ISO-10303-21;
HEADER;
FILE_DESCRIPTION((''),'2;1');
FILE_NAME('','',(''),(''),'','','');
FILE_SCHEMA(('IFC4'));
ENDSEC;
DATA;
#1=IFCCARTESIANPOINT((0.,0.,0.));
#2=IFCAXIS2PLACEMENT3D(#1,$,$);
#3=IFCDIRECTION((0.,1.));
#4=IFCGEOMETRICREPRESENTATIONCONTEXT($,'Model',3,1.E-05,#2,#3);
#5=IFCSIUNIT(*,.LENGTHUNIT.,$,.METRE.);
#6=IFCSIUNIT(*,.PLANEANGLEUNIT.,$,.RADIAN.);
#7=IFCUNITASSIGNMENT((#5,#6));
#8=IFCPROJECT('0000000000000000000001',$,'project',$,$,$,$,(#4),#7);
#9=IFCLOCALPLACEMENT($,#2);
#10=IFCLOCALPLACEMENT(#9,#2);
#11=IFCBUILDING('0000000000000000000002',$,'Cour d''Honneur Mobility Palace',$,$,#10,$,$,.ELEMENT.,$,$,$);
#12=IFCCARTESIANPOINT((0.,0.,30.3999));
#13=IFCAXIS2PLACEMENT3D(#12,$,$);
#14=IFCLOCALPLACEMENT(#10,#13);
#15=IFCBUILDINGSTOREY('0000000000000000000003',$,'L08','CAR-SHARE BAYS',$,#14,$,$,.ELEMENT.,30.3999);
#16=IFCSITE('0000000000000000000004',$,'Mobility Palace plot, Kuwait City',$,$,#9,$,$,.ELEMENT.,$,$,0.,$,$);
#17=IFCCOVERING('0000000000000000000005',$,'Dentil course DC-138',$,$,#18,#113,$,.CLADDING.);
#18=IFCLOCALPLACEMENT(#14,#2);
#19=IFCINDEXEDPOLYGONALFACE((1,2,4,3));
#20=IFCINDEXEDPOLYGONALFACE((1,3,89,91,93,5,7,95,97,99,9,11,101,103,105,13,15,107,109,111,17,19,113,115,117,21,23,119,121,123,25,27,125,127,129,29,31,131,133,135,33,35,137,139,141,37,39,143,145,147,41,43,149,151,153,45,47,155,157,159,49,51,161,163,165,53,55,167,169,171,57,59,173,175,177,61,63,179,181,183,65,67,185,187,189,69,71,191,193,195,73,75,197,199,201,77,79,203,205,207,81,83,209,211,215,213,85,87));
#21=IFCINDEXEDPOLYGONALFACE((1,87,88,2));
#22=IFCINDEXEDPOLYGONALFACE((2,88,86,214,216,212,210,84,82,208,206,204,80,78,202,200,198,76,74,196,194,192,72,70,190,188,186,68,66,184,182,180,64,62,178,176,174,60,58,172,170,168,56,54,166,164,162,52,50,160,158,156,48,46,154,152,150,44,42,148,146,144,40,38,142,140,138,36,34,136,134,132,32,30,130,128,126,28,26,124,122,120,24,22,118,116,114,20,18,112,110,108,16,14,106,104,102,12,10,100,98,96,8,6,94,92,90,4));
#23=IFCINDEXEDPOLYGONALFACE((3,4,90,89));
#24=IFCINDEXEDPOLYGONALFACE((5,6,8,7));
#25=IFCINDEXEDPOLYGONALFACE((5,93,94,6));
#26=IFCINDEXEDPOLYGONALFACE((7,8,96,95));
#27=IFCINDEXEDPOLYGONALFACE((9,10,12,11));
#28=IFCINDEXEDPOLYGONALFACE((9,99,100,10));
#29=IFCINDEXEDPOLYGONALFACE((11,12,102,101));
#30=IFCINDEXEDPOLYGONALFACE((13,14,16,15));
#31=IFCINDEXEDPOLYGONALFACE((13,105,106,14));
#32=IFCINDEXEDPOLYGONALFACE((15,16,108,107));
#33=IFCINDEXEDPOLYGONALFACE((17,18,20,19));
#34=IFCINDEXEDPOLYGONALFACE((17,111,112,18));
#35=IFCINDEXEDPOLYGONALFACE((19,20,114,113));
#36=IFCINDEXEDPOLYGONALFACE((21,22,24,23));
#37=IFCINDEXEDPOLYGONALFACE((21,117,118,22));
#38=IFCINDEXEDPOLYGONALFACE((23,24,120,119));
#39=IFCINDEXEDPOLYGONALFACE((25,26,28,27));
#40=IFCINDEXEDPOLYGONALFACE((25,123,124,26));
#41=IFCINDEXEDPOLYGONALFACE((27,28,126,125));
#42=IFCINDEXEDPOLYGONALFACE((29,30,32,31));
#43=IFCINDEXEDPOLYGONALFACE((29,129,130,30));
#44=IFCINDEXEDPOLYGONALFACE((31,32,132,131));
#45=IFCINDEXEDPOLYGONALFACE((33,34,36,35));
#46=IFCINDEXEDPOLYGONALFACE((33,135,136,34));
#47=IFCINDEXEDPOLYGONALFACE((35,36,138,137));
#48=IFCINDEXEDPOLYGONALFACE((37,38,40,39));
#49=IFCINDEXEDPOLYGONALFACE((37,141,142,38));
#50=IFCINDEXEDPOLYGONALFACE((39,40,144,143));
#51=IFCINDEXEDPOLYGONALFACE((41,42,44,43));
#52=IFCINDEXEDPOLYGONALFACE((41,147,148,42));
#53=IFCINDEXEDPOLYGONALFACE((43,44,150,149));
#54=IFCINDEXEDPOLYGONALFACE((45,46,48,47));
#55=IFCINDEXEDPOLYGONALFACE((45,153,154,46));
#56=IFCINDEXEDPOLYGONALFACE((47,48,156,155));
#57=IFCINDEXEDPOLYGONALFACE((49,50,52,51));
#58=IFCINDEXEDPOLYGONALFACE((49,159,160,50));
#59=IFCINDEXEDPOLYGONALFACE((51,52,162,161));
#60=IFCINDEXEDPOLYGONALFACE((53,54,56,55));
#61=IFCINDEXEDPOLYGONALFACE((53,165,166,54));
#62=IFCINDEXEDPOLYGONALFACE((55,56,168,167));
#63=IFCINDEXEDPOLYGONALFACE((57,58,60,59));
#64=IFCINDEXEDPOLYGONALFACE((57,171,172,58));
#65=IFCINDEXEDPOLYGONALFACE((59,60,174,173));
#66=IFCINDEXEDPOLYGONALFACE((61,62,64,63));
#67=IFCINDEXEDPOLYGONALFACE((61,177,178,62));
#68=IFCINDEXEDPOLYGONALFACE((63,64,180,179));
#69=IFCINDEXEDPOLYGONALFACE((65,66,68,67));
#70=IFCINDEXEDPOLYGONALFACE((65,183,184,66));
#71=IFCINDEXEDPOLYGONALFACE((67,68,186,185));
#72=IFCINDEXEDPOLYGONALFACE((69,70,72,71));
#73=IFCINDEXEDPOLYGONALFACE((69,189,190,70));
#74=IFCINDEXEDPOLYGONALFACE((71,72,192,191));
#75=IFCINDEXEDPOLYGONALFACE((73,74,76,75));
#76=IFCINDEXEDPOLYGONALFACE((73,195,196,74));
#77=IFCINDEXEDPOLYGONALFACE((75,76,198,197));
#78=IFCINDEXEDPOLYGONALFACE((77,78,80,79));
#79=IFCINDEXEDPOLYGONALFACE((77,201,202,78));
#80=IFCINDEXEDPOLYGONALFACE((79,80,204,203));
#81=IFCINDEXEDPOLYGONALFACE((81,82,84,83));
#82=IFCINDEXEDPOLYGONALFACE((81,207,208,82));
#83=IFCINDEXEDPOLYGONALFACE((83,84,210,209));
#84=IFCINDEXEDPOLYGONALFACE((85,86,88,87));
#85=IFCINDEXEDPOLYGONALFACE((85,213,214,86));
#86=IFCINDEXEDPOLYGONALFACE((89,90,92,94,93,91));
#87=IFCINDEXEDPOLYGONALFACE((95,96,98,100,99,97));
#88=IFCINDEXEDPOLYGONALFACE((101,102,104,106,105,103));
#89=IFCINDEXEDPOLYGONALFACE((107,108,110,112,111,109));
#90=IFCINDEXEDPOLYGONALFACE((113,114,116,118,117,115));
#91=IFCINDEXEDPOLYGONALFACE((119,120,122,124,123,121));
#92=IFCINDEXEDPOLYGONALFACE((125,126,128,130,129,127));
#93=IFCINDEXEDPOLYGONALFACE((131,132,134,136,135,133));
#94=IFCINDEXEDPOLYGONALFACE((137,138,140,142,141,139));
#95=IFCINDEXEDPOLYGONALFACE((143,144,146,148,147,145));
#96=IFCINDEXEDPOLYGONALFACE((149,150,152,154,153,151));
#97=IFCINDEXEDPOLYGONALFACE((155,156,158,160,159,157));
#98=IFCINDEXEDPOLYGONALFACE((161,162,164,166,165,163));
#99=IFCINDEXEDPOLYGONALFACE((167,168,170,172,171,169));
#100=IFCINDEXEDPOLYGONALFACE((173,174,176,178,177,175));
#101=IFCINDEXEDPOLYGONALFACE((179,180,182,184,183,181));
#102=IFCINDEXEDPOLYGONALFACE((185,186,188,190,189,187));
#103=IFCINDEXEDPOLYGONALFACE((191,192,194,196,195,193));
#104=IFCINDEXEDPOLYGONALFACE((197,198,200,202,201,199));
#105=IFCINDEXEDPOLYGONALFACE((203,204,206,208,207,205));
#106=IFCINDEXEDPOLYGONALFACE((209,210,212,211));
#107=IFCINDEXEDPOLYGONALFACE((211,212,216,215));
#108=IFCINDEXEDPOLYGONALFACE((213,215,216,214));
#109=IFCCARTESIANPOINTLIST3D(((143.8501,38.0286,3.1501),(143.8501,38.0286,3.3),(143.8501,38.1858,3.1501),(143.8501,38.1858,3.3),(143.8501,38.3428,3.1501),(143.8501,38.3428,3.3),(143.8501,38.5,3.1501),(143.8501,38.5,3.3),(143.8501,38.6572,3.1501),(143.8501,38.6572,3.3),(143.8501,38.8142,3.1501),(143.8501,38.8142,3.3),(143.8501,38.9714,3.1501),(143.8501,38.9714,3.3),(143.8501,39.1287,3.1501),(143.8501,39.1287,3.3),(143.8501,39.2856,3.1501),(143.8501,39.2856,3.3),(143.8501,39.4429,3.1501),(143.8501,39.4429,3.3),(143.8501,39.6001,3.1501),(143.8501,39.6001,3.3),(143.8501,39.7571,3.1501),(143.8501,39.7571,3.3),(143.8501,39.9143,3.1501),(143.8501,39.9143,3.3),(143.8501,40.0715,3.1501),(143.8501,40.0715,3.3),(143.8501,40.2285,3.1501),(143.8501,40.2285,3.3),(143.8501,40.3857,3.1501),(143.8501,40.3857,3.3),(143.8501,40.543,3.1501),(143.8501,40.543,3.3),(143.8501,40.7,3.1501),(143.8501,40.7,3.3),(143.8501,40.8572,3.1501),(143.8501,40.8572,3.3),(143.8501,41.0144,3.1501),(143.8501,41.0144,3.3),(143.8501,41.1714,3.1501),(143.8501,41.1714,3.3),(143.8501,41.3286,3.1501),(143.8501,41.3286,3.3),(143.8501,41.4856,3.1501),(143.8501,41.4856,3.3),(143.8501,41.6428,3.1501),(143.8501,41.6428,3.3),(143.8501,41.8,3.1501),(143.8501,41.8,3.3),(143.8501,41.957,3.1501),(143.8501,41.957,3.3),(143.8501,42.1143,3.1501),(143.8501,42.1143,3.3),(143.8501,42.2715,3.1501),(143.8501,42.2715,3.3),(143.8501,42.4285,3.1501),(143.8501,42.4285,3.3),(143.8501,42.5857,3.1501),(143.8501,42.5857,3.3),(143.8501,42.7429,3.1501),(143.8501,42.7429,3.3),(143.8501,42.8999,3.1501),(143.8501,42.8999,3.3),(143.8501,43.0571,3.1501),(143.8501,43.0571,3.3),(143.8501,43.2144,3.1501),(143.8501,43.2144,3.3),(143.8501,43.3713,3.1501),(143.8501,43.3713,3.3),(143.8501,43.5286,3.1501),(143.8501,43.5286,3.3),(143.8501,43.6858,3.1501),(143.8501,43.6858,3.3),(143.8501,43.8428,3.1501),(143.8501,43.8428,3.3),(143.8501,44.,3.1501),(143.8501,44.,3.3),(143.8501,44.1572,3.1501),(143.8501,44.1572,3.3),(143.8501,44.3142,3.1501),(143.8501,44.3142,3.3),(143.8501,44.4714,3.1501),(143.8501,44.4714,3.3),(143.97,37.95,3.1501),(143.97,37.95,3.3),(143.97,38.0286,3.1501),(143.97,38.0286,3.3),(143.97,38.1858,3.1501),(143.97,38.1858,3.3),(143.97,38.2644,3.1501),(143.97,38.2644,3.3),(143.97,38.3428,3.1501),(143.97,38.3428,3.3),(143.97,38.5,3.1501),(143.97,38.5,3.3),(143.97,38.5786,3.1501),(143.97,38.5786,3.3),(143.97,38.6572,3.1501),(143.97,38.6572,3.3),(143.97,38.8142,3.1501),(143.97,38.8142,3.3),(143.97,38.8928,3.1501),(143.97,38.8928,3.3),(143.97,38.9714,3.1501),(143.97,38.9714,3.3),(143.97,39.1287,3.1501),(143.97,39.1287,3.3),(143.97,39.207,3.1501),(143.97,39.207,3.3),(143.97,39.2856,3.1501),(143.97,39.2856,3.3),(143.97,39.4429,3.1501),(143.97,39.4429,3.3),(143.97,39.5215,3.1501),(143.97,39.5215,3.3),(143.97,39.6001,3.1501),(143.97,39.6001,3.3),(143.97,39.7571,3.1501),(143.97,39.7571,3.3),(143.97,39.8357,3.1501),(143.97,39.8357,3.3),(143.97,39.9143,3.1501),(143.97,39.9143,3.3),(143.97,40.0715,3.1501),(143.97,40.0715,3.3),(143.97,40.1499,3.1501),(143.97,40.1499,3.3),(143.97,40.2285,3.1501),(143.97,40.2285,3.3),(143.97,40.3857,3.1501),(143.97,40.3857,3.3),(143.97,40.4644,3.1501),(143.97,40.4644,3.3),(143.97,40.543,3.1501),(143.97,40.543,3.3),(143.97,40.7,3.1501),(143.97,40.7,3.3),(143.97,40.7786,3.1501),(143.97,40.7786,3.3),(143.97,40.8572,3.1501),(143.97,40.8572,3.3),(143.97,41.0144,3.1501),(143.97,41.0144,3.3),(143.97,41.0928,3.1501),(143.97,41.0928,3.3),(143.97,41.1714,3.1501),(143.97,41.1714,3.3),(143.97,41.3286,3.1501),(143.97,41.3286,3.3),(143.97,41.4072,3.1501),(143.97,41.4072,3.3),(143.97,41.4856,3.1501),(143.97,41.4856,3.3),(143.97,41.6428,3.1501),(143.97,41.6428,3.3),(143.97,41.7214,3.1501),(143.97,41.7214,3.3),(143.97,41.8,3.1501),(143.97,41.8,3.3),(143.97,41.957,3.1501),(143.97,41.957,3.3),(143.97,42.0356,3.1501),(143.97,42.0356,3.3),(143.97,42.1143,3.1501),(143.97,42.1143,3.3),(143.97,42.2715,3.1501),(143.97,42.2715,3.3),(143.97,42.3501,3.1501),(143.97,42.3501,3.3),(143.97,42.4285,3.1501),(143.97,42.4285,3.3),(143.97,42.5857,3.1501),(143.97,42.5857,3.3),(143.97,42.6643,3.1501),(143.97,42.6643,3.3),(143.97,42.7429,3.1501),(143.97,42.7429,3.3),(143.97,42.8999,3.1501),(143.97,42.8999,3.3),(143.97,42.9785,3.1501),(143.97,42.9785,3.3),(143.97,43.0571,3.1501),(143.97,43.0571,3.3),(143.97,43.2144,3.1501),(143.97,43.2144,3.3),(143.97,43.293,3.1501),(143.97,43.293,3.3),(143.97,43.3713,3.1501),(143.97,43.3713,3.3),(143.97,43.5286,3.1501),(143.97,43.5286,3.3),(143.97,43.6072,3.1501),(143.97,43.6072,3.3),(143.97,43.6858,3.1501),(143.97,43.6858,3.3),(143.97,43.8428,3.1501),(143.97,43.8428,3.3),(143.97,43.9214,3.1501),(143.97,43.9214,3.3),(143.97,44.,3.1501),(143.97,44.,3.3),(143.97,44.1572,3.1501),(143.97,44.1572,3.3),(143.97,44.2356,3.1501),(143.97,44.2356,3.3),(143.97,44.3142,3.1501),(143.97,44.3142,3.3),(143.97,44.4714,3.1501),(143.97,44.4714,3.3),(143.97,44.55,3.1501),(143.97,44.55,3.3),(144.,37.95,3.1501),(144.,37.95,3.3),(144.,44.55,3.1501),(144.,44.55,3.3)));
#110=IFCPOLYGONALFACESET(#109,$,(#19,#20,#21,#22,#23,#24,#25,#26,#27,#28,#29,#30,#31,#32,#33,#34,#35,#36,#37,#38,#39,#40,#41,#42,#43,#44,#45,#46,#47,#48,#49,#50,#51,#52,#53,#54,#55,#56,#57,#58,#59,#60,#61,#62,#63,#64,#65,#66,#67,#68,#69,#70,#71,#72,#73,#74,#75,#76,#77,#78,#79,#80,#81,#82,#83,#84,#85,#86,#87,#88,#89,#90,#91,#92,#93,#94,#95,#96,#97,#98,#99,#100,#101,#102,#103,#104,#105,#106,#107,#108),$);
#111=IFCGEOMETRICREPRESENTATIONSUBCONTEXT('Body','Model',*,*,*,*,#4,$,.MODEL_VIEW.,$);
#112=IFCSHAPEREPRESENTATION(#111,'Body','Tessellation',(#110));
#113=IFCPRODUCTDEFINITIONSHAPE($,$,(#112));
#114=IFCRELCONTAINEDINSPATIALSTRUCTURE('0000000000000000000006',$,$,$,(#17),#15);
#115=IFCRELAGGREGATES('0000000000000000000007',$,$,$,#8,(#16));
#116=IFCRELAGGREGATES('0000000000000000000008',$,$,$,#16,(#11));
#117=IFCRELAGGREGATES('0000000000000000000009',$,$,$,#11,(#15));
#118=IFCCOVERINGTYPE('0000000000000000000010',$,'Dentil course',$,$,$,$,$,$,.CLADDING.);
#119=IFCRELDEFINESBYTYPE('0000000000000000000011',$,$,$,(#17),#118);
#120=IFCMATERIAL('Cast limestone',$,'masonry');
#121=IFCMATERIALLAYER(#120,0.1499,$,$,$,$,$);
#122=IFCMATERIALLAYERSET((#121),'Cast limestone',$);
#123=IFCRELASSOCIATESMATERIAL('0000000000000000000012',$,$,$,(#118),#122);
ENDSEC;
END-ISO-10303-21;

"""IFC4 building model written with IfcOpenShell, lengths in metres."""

from ifc_helpers import new_model, si_unit, direction, frame, origin, place, context, subcontext, project, spatial, polyline, outline, extrude, material, layer, layer_set, type_object, element, save


model = new_model("IFC4")

# Units and contexts
model_context = context("Model", 3, precision=1e-05, world=origin(), true_north=direction((0.0, 1.0)))
body_context = subcontext(model_context, "Body", "Model", "MODEL_VIEW")
ifc_project = project(units=[si_unit("LENGTHUNIT", "METRE"), si_unit("PLANEANGLEUNIT", "RADIAN")], contexts=[model_context])

# Site, building, storey
site_placement = place(None, origin())
site = spatial("IfcSite", under=ifc_project, at=site_placement, Name="Mobility Palace plot, Kuwait City", CompositionType="ELEMENT", RefElevation=0.0)
building_placement = place(site_placement, origin())
building = spatial("IfcBuilding", under=site, at=building_placement, Name="Cour d'Honneur Mobility Palace", CompositionType="ELEMENT")
storey_placement = place(building_placement, frame((0.0, 0.0, 30.3999)))
storey = spatial("IfcBuildingStorey", under=building, at=storey_placement, Name="L08", Description="CAR-SHARE BAYS", CompositionType="ELEMENT", Elevation=30.3999)

# Covering
ifc_material_1 = material(Name="Cast limestone", Category="masonry")
ifc_layer_1 = layer(ifc_material_1, 0.1499)
ifc_layer_set_1 = layer_set([ifc_layer_1], Name="Cast limestone")
covering_type_1 = type_object("IfcCoveringType", Name="Dentil course", PredefinedType="CLADDING", material=ifc_layer_set_1)
covering_1_placement = place(storey_placement, frame((0.0, 0.0, 3.1501)))
element("IfcCovering", 1, at=covering_1_placement, inside=storey, type_object=covering_type_1, Name="Dentil course DC-138", PredefinedType="CLADDING", context=body_context, shape_type="SweptSolid", body=[
    extrude(outline(polyline([(144.0, 44.55), (144.0, 37.95), (143.97, 37.95), (143.97, 37.95), (143.97, 38.0286), (143.8501, 38.0286), (143.8501, 38.1858), (143.97, 38.1858), (143.97, 38.2644), (143.97, 38.2644), (143.97, 38.3428), (143.8501, 38.3428), (143.8501, 38.5), (143.97, 38.5), (143.97, 38.5786), (143.97, 38.5786), (143.97, 38.6572), (143.8501, 38.6572), (143.8501, 38.8142), (143.97, 38.8142), (143.97, 38.8928), (143.97, 38.8928), (143.97, 38.9714), (143.8501, 38.9714), (143.8501, 39.1287), (143.97, 39.1287), (143.97, 39.207), (143.97, 39.207), (143.97, 39.2856), (143.8501, 39.2856), (143.8501, 39.4429), (143.97, 39.4429), (143.97, 39.5215), (143.97, 39.5215), (143.97, 39.6001), (143.8501, 39.6001), (143.8501, 39.7571), (143.97, 39.7571), (143.97, 39.8357), (143.97, 39.8357), (143.97, 39.9143), (143.8501, 39.9143), (143.8501, 40.0715), (143.97, 40.0715), (143.97, 40.1499), (143.97, 40.1499), (143.97, 40.2285), (143.8501, 40.2285), (143.8501, 40.3857), (143.97, 40.3857), (143.97, 40.4644), (143.97, 40.4644), (143.97, 40.543), (143.8501, 40.543), (143.8501, 40.7), (143.97, 40.7), (143.97, 40.7786), (143.97, 40.7786), (143.97, 40.8572), (143.8501, 40.8572), (143.8501, 41.0144), (143.97, 41.0144), (143.97, 41.0928), (143.97, 41.0928), (143.97, 41.1714), (143.8501, 41.1714), (143.8501, 41.3286), (143.97, 41.3286), (143.97, 41.4072), (143.97, 41.4072), (143.97, 41.4856), (143.8501, 41.4856), (143.8501, 41.6428), (143.97, 41.6428), (143.97, 41.7214), (143.97, 41.7214), (143.97, 41.8), (143.8501, 41.8), (143.8501, 41.957), (143.97, 41.957), (143.97, 42.0356), (143.97, 42.0356), (143.97, 42.1143), (143.8501, 42.1143), (143.8501, 42.2715), (143.97, 42.2715), (143.97, 42.3501), (143.97, 42.3501), (143.97, 42.4285), (143.8501, 42.4285), (143.8501, 42.5857), (143.97, 42.5857), (143.97, 42.6643), (143.97, 42.6643), (143.97, 42.7429), (143.8501, 42.7429), (143.8501, 42.8999), (143.97, 42.8999), (143.97, 42.9785), (143.97, 42.9785), (143.97, 43.0571), (143.8501, 43.0571), (143.8501, 43.2144), (143.97, 43.2144), (143.97, 43.293), (143.97, 43.293), (143.97, 43.3713), (143.8501, 43.3713), (143.8501, 43.5286), (143.97, 43.5286), (143.97, 43.6072), (143.97, 43.6072), (143.97, 43.6858), (143.8501, 43.6858), (143.8501, 43.8428), (143.97, 43.8428), (143.97, 43.9214), (143.97, 43.9214), (143.97, 44.0), (143.8501, 44.0), (143.8501, 44.1572), (143.97, 44.1572), (143.97, 44.2356), (143.97, 44.2356), (143.97, 44.3142), (143.8501, 44.3142), (143.8501, 44.4714), (143.97, 44.4714), (143.97, 44.55), (144.0, 44.55)])), origin(), (0.0, 0.0, 1.0), 0.1499),
])

save(model, "model.ifc")
